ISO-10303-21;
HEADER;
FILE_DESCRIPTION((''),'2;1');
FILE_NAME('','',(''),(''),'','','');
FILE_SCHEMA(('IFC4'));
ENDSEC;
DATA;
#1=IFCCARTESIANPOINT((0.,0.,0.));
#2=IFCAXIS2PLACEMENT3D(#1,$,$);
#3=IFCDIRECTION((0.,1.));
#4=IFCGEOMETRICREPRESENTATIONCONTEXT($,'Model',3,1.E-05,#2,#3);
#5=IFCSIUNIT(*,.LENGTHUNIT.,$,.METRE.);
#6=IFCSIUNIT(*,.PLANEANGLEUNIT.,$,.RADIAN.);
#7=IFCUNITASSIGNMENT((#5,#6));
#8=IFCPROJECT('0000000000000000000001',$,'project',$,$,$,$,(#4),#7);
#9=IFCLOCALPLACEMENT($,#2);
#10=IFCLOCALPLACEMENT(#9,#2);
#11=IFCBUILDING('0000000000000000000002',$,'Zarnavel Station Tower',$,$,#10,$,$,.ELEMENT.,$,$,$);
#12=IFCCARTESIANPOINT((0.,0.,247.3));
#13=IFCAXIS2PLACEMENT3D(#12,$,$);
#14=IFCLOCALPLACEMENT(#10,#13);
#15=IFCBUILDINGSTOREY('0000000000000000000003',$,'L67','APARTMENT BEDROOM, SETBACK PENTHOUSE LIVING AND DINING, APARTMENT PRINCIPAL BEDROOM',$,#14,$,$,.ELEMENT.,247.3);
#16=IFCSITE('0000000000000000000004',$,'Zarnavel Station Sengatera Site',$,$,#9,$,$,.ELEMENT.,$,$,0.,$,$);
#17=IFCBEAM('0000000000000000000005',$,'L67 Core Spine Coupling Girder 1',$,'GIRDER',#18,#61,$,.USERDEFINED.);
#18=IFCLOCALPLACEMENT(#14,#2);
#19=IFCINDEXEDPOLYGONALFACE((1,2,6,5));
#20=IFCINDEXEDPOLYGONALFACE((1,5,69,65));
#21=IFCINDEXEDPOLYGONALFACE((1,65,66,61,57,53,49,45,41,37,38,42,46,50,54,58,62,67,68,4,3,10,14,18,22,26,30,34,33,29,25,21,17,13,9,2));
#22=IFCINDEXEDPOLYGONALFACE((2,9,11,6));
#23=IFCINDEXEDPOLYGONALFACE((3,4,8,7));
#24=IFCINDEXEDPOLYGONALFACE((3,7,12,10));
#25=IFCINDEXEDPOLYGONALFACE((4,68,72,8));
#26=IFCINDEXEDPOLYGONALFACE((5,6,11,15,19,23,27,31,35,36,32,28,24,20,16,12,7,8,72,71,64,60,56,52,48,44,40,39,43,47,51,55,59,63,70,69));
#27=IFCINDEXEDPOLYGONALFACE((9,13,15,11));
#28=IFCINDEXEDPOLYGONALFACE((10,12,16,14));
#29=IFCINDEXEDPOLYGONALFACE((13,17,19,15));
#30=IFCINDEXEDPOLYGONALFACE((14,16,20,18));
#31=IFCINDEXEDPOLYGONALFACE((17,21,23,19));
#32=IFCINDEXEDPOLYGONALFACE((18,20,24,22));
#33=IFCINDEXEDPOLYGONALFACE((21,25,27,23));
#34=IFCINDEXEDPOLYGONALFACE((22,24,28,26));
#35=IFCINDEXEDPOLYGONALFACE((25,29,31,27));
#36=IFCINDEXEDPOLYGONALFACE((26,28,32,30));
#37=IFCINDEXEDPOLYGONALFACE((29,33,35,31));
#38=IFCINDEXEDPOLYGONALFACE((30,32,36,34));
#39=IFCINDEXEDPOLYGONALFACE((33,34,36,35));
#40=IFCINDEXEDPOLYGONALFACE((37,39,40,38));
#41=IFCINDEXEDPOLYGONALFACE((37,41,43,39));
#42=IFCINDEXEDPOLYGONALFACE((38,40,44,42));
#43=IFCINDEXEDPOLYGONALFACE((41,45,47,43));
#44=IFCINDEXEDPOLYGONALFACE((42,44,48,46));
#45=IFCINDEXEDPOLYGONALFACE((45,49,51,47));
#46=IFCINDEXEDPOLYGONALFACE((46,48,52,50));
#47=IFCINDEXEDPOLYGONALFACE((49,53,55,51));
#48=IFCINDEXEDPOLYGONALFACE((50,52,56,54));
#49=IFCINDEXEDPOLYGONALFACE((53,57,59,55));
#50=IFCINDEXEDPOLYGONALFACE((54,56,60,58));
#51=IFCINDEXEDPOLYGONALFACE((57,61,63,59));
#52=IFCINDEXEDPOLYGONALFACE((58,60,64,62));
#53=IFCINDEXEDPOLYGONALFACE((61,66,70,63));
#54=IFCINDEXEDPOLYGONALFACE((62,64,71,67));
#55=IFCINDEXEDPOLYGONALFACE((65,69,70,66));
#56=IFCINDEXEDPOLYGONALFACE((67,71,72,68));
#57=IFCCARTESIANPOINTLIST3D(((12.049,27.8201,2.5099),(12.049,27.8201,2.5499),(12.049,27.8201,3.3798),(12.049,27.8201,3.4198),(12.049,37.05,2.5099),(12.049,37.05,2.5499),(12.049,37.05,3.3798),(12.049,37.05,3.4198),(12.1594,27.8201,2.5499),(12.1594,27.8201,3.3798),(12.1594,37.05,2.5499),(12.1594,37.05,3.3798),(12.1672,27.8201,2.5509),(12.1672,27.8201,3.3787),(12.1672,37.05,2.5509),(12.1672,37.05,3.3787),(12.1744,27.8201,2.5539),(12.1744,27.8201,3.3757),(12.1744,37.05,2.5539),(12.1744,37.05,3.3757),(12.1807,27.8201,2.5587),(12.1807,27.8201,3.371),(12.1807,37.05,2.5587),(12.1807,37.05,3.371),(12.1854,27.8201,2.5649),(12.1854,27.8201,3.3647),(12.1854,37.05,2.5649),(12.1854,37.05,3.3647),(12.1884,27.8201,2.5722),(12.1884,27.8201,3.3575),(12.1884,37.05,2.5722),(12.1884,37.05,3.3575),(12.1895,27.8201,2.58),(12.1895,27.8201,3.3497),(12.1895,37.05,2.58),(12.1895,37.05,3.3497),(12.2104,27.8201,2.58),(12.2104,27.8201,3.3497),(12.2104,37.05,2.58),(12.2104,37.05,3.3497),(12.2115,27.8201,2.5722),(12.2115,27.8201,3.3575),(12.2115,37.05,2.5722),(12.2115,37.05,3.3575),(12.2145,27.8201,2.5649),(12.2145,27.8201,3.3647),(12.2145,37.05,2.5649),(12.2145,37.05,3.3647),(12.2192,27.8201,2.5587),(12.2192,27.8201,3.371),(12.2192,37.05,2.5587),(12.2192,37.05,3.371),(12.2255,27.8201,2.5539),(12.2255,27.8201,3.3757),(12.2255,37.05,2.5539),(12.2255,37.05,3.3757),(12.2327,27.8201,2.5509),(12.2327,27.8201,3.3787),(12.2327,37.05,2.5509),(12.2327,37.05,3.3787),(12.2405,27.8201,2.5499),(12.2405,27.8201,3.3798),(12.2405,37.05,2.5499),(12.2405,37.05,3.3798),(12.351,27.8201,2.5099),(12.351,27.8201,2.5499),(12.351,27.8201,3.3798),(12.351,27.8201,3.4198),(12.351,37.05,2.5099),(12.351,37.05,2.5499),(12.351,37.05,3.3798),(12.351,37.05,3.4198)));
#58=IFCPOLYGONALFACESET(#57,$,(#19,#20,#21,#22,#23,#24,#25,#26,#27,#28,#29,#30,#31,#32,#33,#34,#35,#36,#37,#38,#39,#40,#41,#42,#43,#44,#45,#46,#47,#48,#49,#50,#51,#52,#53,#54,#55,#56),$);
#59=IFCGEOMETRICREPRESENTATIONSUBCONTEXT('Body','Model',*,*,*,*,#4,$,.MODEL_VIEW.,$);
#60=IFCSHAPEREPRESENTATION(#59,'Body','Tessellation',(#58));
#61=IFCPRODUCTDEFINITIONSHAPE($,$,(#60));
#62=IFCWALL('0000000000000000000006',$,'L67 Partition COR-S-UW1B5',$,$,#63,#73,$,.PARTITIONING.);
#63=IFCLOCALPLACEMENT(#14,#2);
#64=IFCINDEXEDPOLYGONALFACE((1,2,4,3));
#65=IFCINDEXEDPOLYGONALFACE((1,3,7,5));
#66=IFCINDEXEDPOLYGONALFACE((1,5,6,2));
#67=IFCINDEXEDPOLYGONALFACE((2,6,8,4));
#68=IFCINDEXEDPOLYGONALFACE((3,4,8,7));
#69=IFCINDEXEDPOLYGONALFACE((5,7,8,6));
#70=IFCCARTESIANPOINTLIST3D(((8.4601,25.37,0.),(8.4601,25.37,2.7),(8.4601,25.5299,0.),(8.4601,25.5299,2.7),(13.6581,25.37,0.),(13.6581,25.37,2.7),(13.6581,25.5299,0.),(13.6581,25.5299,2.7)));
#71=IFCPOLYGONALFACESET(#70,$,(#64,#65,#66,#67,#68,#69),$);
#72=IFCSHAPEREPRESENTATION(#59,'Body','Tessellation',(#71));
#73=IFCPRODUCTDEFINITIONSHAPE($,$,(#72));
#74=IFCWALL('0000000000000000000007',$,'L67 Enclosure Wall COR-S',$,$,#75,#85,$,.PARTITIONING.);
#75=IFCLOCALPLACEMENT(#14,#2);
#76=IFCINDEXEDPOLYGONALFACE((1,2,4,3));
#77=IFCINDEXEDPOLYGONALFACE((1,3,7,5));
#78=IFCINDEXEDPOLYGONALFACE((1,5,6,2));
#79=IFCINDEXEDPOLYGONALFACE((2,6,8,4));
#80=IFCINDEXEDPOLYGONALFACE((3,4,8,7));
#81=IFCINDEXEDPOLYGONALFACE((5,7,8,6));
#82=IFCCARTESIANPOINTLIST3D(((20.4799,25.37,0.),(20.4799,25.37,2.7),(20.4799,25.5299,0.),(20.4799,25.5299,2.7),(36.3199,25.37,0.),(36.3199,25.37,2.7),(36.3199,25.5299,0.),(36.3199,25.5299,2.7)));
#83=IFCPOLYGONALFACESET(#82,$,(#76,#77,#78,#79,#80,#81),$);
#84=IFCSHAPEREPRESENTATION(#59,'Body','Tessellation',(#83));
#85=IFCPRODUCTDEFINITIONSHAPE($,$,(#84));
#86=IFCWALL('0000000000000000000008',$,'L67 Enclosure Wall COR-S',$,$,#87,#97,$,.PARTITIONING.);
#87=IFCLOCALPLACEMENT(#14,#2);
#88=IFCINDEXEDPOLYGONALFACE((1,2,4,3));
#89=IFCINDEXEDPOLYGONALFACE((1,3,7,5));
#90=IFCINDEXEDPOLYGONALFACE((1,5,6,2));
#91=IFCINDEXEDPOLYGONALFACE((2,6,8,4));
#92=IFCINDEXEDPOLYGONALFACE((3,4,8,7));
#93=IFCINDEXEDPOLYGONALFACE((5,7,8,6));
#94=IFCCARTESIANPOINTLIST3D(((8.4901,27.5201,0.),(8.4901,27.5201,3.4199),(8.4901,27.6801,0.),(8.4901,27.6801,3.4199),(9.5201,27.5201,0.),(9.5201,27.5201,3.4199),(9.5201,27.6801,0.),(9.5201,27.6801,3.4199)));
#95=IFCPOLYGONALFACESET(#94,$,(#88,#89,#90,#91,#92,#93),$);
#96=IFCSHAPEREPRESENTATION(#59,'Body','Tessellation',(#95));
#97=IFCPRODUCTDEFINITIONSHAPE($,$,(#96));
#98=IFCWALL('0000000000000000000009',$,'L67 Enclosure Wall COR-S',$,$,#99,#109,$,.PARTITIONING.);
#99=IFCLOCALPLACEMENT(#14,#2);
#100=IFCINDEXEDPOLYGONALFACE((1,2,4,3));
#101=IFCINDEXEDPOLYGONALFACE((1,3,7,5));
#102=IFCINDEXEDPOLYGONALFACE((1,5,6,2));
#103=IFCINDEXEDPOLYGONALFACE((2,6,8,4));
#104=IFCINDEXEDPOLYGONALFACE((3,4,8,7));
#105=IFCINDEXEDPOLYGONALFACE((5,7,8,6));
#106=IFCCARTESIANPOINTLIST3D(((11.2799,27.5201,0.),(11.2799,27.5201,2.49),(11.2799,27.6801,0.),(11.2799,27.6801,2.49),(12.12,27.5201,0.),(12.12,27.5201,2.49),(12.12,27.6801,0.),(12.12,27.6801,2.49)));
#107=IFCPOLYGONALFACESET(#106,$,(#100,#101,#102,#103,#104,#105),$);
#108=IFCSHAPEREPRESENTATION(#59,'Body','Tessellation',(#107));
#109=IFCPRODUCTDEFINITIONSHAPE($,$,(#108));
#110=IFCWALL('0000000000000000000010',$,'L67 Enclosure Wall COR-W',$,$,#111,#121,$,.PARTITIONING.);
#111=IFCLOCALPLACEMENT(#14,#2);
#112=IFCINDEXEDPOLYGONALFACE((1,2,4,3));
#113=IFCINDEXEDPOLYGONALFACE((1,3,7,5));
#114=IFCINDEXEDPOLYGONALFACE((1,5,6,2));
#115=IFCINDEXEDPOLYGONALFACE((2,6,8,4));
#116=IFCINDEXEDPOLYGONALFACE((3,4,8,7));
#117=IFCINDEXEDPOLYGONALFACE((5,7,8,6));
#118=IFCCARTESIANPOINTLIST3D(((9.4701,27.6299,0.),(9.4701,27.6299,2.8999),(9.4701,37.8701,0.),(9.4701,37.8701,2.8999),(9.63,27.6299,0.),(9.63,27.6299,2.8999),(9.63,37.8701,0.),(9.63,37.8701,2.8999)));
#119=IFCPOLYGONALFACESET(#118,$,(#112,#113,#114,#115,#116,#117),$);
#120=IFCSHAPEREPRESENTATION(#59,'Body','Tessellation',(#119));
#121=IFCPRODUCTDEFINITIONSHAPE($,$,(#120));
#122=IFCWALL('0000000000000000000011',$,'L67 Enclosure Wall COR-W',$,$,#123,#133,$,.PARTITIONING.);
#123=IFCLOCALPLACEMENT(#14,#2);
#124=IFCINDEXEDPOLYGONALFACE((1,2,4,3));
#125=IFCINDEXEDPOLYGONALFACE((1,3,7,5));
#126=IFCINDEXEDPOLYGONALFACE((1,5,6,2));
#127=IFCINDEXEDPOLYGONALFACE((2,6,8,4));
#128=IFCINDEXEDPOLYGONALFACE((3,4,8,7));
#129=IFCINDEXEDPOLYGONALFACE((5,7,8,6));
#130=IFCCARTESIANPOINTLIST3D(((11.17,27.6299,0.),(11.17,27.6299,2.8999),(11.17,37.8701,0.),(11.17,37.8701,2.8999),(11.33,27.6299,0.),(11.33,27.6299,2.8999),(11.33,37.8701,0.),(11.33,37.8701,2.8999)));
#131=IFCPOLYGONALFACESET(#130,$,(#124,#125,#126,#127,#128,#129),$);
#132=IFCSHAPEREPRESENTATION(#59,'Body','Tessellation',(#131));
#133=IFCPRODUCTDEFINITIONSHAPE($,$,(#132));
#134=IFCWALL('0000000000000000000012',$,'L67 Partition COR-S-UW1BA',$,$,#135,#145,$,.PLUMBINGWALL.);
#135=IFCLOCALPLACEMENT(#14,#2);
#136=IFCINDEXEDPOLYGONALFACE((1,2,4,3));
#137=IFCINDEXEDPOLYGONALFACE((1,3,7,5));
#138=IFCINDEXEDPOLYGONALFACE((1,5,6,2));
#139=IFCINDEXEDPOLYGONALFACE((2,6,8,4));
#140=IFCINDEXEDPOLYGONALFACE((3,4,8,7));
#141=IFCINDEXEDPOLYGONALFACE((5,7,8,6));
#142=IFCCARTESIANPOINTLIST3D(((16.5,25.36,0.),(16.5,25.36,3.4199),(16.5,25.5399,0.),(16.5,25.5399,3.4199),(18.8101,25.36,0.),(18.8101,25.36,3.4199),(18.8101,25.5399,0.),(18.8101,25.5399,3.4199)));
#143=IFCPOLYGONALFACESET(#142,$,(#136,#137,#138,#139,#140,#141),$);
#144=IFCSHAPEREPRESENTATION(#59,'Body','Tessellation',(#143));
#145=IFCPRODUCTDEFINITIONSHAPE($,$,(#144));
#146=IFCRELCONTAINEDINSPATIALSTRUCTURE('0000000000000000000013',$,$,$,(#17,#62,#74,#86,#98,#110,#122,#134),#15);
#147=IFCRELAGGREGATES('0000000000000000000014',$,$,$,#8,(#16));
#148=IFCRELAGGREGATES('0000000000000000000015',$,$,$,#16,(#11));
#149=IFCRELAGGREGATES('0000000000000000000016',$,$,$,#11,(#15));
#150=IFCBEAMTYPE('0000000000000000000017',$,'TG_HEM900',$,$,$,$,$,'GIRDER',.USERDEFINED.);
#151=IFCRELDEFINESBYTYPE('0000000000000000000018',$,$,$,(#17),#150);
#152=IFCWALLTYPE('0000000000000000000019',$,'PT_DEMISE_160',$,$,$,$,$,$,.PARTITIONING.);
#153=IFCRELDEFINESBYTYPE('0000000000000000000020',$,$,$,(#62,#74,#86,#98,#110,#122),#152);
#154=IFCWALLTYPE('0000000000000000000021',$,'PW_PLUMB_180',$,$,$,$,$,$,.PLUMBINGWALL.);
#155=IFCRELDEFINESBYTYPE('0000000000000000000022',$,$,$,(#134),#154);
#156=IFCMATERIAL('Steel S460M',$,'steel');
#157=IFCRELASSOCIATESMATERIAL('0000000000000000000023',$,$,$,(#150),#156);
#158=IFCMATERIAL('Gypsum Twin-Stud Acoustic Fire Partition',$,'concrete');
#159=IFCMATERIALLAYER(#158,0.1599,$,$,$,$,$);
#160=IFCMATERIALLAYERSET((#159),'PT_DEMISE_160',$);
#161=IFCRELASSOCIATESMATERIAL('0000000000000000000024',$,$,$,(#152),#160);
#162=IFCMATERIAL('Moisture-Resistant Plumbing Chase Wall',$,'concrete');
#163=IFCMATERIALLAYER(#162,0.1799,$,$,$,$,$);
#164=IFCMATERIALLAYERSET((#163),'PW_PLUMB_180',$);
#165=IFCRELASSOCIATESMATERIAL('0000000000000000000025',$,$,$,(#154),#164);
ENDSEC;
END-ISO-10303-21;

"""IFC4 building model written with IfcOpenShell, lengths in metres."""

from ifc_helpers import new_model, si_unit, direction, frame, frame_2d, origin, origin_2d, place, context, subcontext, project, spatial, rectangle, i_section, extrude, material, layer, layer_set, material_profile, profile_set, type_object, element, save


model = new_model("IFC4")

# Units and contexts
model_context = context("Model", 3, precision=1e-05, world=origin(), true_north=direction((0.0, 1.0)))
body_context = subcontext(model_context, "Body", "Model", "MODEL_VIEW")
ifc_project = project(units=[si_unit("LENGTHUNIT", "METRE"), si_unit("PLANEANGLEUNIT", "RADIAN")], contexts=[model_context])

# Site, building, storey
site_placement = place(None, origin())
site = spatial("IfcSite", under=ifc_project, at=site_placement, Name="Zarnavel Station Sengatera Site", CompositionType="ELEMENT", RefElevation=0.0)
building_placement = place(site_placement, origin())
building = spatial("IfcBuilding", under=site, at=building_placement, Name="Zarnavel Station Tower", CompositionType="ELEMENT")
storey_placement = place(building_placement, frame((0.0, 0.0, 247.3)))
storey = spatial("IfcBuildingStorey", under=building, at=storey_placement, Name="L67", Description="APARTMENT BEDROOM, SETBACK PENTHOUSE LIVING AND DINING, APARTMENT PRINCIPAL BEDROOM", CompositionType="ELEMENT", Elevation=247.3)

# Beam
ifc_material_1 = material(Name="Steel S460M", Category="steel")
ifc_material_profile_1 = material_profile(ifc_material_1, i_section(OverallWidth=0.302, OverallDepth=0.9099, WebThickness=0.021, FlangeThickness=0.04, FilletRadius=0.03, at=origin_2d()), Name="HEM900")
ifc_profile_set_1 = profile_set([ifc_material_profile_1], Name="Steel S460M")
beam_type_1 = type_object("IfcBeamType", Name="TG_HEM900", ElementType="GIRDER", PredefinedType="USERDEFINED", material=ifc_profile_set_1)
beam_1_placement = place(storey_placement, frame((12.2, 27.8201, 2.9648), z_axis=(0.0, 1.0, 0.0), x_axis=(-1.0, 0.0, 0.0)))
element("IfcBeam", 1, at=beam_1_placement, inside=storey, type_object=beam_type_1, Name="L67 Core Spine Coupling Girder 1", ObjectType="GIRDER", PredefinedType="USERDEFINED", context=body_context, shape_type="SweptSolid", body=[
    extrude(i_section(OverallWidth=0.302, OverallDepth=0.9099, WebThickness=0.021, FlangeThickness=0.04, FilletRadius=0.03, at=origin_2d()), origin(), (0.0, 0.0, 1.0), 9.23),
])

# Shared definitions
ifc_material_2 = material(Name="Gypsum Twin-Stud Acoustic Fire Partition", Category="concrete")
ifc_layer_1 = layer(ifc_material_2, 0.1599)
ifc_layer_set_1 = layer_set([ifc_layer_1], Name="PT_DEMISE_160")
wall_type_1 = type_object("IfcWallType", Name="PT_DEMISE_160", PredefinedType="PARTITIONING", material=ifc_layer_set_1)

# Walls
wall_1_placement = place(storey_placement, frame((8.46, 25.45, 0.0), z_axis=(0.0, 0.0, 1.0), x_axis=(1.0, 0.0, 0.0)))
element("IfcWall", 2, at=wall_1_placement, inside=storey, type_object=wall_type_1, Name="L67 Partition COR-S-UW1B5", PredefinedType="PARTITIONING", context=body_context, shape_type="SweptSolid", body=[
    extrude(rectangle(XDim=5.198, YDim=0.1599, at=frame_2d((2.5991, 0.0))), origin(), (0.0, 0.0, 1.0), 2.7),
])
wall_2_placement = place(storey_placement, frame((20.48, 25.45, 0.0), z_axis=(0.0, 0.0, 1.0), x_axis=(1.0, 0.0, 0.0)))
element("IfcWall", 3, at=wall_2_placement, inside=storey, type_object=wall_type_1, Name="L67 Enclosure Wall COR-S", PredefinedType="PARTITIONING", context=body_context, shape_type="SweptSolid", body=[
    extrude(rectangle(XDim=15.8401, YDim=0.1599, at=frame_2d((7.9199, 0.0))), origin(), (0.0, 0.0, 1.0), 2.7),
])
wall_3_placement = place(storey_placement, frame((8.49, 27.6001, 0.0), z_axis=(0.0, 0.0, 1.0), x_axis=(1.0, 0.0, 0.0)))
element("IfcWall", 4, at=wall_3_placement, inside=storey, type_object=wall_type_1, Name="L67 Enclosure Wall COR-S", PredefinedType="PARTITIONING", context=body_context, shape_type="SweptSolid", body=[
    extrude(rectangle(XDim=1.03, YDim=0.1599, at=frame_2d((0.5151, 0.0))), origin(), (0.0, 0.0, 1.0), 3.4199),
])
wall_4_placement = place(storey_placement, frame((11.28, 27.6001, 0.0), z_axis=(0.0, 0.0, 1.0), x_axis=(1.0, 0.0, 0.0)))
element("IfcWall", 5, at=wall_4_placement, inside=storey, type_object=wall_type_1, Name="L67 Enclosure Wall COR-S", PredefinedType="PARTITIONING", context=body_context, shape_type="SweptSolid", body=[
    extrude(rectangle(XDim=0.8401, YDim=0.1599, at=frame_2d((0.4199, 0.0))), origin(), (0.0, 0.0, 1.0), 2.49),
])
for number, where, z_axis, x_axis, name in (
    (6, (9.55, 27.6299, 0.0), (0.0, 0.0, 1.0), (0.0, 1.0, 0.0), "L67 Enclosure Wall COR-W"),
    (7, (11.25, 27.6299, 0.0), (0.0, 0.0, 1.0), (0.0, 1.0, 0.0), "L67 Enclosure Wall COR-W"),
):
    element("IfcWall", number, at=place(storey_placement, frame(where, z_axis=z_axis, x_axis=x_axis)), inside=storey, type_object=wall_type_1, Name=name, PredefinedType="PARTITIONING", context=body_context, shape_type="SweptSolid", body=[
        extrude(rectangle(XDim=10.2402, YDim=0.1599, at=frame_2d((5.1201, 0.0))), origin(), (0.0, 0.0, 1.0), 2.8999),
    ])
ifc_material_3 = material(Name="Moisture-Resistant Plumbing Chase Wall", Category="concrete")
ifc_layer_2 = layer(ifc_material_3, 0.1799)
ifc_layer_set_2 = layer_set([ifc_layer_2], Name="PW_PLUMB_180")
wall_type_2 = type_object("IfcWallType", Name="PW_PLUMB_180", PredefinedType="PLUMBINGWALL", material=ifc_layer_set_2)
wall_5_placement = place(storey_placement, frame((16.5, 25.45, 0.0), z_axis=(0.0, 0.0, 1.0), x_axis=(1.0, 0.0, 0.0)))
element("IfcWall", 8, at=wall_5_placement, inside=storey, type_object=wall_type_2, Name="L67 Partition COR-S-UW1BA", PredefinedType="PLUMBINGWALL", context=body_context, shape_type="SweptSolid", body=[
    extrude(rectangle(XDim=2.3101, YDim=0.1799, at=frame_2d((1.155, 0.0))), origin(), (0.0, 0.0, 1.0), 3.4199),
])

save(model, "model.ifc")
